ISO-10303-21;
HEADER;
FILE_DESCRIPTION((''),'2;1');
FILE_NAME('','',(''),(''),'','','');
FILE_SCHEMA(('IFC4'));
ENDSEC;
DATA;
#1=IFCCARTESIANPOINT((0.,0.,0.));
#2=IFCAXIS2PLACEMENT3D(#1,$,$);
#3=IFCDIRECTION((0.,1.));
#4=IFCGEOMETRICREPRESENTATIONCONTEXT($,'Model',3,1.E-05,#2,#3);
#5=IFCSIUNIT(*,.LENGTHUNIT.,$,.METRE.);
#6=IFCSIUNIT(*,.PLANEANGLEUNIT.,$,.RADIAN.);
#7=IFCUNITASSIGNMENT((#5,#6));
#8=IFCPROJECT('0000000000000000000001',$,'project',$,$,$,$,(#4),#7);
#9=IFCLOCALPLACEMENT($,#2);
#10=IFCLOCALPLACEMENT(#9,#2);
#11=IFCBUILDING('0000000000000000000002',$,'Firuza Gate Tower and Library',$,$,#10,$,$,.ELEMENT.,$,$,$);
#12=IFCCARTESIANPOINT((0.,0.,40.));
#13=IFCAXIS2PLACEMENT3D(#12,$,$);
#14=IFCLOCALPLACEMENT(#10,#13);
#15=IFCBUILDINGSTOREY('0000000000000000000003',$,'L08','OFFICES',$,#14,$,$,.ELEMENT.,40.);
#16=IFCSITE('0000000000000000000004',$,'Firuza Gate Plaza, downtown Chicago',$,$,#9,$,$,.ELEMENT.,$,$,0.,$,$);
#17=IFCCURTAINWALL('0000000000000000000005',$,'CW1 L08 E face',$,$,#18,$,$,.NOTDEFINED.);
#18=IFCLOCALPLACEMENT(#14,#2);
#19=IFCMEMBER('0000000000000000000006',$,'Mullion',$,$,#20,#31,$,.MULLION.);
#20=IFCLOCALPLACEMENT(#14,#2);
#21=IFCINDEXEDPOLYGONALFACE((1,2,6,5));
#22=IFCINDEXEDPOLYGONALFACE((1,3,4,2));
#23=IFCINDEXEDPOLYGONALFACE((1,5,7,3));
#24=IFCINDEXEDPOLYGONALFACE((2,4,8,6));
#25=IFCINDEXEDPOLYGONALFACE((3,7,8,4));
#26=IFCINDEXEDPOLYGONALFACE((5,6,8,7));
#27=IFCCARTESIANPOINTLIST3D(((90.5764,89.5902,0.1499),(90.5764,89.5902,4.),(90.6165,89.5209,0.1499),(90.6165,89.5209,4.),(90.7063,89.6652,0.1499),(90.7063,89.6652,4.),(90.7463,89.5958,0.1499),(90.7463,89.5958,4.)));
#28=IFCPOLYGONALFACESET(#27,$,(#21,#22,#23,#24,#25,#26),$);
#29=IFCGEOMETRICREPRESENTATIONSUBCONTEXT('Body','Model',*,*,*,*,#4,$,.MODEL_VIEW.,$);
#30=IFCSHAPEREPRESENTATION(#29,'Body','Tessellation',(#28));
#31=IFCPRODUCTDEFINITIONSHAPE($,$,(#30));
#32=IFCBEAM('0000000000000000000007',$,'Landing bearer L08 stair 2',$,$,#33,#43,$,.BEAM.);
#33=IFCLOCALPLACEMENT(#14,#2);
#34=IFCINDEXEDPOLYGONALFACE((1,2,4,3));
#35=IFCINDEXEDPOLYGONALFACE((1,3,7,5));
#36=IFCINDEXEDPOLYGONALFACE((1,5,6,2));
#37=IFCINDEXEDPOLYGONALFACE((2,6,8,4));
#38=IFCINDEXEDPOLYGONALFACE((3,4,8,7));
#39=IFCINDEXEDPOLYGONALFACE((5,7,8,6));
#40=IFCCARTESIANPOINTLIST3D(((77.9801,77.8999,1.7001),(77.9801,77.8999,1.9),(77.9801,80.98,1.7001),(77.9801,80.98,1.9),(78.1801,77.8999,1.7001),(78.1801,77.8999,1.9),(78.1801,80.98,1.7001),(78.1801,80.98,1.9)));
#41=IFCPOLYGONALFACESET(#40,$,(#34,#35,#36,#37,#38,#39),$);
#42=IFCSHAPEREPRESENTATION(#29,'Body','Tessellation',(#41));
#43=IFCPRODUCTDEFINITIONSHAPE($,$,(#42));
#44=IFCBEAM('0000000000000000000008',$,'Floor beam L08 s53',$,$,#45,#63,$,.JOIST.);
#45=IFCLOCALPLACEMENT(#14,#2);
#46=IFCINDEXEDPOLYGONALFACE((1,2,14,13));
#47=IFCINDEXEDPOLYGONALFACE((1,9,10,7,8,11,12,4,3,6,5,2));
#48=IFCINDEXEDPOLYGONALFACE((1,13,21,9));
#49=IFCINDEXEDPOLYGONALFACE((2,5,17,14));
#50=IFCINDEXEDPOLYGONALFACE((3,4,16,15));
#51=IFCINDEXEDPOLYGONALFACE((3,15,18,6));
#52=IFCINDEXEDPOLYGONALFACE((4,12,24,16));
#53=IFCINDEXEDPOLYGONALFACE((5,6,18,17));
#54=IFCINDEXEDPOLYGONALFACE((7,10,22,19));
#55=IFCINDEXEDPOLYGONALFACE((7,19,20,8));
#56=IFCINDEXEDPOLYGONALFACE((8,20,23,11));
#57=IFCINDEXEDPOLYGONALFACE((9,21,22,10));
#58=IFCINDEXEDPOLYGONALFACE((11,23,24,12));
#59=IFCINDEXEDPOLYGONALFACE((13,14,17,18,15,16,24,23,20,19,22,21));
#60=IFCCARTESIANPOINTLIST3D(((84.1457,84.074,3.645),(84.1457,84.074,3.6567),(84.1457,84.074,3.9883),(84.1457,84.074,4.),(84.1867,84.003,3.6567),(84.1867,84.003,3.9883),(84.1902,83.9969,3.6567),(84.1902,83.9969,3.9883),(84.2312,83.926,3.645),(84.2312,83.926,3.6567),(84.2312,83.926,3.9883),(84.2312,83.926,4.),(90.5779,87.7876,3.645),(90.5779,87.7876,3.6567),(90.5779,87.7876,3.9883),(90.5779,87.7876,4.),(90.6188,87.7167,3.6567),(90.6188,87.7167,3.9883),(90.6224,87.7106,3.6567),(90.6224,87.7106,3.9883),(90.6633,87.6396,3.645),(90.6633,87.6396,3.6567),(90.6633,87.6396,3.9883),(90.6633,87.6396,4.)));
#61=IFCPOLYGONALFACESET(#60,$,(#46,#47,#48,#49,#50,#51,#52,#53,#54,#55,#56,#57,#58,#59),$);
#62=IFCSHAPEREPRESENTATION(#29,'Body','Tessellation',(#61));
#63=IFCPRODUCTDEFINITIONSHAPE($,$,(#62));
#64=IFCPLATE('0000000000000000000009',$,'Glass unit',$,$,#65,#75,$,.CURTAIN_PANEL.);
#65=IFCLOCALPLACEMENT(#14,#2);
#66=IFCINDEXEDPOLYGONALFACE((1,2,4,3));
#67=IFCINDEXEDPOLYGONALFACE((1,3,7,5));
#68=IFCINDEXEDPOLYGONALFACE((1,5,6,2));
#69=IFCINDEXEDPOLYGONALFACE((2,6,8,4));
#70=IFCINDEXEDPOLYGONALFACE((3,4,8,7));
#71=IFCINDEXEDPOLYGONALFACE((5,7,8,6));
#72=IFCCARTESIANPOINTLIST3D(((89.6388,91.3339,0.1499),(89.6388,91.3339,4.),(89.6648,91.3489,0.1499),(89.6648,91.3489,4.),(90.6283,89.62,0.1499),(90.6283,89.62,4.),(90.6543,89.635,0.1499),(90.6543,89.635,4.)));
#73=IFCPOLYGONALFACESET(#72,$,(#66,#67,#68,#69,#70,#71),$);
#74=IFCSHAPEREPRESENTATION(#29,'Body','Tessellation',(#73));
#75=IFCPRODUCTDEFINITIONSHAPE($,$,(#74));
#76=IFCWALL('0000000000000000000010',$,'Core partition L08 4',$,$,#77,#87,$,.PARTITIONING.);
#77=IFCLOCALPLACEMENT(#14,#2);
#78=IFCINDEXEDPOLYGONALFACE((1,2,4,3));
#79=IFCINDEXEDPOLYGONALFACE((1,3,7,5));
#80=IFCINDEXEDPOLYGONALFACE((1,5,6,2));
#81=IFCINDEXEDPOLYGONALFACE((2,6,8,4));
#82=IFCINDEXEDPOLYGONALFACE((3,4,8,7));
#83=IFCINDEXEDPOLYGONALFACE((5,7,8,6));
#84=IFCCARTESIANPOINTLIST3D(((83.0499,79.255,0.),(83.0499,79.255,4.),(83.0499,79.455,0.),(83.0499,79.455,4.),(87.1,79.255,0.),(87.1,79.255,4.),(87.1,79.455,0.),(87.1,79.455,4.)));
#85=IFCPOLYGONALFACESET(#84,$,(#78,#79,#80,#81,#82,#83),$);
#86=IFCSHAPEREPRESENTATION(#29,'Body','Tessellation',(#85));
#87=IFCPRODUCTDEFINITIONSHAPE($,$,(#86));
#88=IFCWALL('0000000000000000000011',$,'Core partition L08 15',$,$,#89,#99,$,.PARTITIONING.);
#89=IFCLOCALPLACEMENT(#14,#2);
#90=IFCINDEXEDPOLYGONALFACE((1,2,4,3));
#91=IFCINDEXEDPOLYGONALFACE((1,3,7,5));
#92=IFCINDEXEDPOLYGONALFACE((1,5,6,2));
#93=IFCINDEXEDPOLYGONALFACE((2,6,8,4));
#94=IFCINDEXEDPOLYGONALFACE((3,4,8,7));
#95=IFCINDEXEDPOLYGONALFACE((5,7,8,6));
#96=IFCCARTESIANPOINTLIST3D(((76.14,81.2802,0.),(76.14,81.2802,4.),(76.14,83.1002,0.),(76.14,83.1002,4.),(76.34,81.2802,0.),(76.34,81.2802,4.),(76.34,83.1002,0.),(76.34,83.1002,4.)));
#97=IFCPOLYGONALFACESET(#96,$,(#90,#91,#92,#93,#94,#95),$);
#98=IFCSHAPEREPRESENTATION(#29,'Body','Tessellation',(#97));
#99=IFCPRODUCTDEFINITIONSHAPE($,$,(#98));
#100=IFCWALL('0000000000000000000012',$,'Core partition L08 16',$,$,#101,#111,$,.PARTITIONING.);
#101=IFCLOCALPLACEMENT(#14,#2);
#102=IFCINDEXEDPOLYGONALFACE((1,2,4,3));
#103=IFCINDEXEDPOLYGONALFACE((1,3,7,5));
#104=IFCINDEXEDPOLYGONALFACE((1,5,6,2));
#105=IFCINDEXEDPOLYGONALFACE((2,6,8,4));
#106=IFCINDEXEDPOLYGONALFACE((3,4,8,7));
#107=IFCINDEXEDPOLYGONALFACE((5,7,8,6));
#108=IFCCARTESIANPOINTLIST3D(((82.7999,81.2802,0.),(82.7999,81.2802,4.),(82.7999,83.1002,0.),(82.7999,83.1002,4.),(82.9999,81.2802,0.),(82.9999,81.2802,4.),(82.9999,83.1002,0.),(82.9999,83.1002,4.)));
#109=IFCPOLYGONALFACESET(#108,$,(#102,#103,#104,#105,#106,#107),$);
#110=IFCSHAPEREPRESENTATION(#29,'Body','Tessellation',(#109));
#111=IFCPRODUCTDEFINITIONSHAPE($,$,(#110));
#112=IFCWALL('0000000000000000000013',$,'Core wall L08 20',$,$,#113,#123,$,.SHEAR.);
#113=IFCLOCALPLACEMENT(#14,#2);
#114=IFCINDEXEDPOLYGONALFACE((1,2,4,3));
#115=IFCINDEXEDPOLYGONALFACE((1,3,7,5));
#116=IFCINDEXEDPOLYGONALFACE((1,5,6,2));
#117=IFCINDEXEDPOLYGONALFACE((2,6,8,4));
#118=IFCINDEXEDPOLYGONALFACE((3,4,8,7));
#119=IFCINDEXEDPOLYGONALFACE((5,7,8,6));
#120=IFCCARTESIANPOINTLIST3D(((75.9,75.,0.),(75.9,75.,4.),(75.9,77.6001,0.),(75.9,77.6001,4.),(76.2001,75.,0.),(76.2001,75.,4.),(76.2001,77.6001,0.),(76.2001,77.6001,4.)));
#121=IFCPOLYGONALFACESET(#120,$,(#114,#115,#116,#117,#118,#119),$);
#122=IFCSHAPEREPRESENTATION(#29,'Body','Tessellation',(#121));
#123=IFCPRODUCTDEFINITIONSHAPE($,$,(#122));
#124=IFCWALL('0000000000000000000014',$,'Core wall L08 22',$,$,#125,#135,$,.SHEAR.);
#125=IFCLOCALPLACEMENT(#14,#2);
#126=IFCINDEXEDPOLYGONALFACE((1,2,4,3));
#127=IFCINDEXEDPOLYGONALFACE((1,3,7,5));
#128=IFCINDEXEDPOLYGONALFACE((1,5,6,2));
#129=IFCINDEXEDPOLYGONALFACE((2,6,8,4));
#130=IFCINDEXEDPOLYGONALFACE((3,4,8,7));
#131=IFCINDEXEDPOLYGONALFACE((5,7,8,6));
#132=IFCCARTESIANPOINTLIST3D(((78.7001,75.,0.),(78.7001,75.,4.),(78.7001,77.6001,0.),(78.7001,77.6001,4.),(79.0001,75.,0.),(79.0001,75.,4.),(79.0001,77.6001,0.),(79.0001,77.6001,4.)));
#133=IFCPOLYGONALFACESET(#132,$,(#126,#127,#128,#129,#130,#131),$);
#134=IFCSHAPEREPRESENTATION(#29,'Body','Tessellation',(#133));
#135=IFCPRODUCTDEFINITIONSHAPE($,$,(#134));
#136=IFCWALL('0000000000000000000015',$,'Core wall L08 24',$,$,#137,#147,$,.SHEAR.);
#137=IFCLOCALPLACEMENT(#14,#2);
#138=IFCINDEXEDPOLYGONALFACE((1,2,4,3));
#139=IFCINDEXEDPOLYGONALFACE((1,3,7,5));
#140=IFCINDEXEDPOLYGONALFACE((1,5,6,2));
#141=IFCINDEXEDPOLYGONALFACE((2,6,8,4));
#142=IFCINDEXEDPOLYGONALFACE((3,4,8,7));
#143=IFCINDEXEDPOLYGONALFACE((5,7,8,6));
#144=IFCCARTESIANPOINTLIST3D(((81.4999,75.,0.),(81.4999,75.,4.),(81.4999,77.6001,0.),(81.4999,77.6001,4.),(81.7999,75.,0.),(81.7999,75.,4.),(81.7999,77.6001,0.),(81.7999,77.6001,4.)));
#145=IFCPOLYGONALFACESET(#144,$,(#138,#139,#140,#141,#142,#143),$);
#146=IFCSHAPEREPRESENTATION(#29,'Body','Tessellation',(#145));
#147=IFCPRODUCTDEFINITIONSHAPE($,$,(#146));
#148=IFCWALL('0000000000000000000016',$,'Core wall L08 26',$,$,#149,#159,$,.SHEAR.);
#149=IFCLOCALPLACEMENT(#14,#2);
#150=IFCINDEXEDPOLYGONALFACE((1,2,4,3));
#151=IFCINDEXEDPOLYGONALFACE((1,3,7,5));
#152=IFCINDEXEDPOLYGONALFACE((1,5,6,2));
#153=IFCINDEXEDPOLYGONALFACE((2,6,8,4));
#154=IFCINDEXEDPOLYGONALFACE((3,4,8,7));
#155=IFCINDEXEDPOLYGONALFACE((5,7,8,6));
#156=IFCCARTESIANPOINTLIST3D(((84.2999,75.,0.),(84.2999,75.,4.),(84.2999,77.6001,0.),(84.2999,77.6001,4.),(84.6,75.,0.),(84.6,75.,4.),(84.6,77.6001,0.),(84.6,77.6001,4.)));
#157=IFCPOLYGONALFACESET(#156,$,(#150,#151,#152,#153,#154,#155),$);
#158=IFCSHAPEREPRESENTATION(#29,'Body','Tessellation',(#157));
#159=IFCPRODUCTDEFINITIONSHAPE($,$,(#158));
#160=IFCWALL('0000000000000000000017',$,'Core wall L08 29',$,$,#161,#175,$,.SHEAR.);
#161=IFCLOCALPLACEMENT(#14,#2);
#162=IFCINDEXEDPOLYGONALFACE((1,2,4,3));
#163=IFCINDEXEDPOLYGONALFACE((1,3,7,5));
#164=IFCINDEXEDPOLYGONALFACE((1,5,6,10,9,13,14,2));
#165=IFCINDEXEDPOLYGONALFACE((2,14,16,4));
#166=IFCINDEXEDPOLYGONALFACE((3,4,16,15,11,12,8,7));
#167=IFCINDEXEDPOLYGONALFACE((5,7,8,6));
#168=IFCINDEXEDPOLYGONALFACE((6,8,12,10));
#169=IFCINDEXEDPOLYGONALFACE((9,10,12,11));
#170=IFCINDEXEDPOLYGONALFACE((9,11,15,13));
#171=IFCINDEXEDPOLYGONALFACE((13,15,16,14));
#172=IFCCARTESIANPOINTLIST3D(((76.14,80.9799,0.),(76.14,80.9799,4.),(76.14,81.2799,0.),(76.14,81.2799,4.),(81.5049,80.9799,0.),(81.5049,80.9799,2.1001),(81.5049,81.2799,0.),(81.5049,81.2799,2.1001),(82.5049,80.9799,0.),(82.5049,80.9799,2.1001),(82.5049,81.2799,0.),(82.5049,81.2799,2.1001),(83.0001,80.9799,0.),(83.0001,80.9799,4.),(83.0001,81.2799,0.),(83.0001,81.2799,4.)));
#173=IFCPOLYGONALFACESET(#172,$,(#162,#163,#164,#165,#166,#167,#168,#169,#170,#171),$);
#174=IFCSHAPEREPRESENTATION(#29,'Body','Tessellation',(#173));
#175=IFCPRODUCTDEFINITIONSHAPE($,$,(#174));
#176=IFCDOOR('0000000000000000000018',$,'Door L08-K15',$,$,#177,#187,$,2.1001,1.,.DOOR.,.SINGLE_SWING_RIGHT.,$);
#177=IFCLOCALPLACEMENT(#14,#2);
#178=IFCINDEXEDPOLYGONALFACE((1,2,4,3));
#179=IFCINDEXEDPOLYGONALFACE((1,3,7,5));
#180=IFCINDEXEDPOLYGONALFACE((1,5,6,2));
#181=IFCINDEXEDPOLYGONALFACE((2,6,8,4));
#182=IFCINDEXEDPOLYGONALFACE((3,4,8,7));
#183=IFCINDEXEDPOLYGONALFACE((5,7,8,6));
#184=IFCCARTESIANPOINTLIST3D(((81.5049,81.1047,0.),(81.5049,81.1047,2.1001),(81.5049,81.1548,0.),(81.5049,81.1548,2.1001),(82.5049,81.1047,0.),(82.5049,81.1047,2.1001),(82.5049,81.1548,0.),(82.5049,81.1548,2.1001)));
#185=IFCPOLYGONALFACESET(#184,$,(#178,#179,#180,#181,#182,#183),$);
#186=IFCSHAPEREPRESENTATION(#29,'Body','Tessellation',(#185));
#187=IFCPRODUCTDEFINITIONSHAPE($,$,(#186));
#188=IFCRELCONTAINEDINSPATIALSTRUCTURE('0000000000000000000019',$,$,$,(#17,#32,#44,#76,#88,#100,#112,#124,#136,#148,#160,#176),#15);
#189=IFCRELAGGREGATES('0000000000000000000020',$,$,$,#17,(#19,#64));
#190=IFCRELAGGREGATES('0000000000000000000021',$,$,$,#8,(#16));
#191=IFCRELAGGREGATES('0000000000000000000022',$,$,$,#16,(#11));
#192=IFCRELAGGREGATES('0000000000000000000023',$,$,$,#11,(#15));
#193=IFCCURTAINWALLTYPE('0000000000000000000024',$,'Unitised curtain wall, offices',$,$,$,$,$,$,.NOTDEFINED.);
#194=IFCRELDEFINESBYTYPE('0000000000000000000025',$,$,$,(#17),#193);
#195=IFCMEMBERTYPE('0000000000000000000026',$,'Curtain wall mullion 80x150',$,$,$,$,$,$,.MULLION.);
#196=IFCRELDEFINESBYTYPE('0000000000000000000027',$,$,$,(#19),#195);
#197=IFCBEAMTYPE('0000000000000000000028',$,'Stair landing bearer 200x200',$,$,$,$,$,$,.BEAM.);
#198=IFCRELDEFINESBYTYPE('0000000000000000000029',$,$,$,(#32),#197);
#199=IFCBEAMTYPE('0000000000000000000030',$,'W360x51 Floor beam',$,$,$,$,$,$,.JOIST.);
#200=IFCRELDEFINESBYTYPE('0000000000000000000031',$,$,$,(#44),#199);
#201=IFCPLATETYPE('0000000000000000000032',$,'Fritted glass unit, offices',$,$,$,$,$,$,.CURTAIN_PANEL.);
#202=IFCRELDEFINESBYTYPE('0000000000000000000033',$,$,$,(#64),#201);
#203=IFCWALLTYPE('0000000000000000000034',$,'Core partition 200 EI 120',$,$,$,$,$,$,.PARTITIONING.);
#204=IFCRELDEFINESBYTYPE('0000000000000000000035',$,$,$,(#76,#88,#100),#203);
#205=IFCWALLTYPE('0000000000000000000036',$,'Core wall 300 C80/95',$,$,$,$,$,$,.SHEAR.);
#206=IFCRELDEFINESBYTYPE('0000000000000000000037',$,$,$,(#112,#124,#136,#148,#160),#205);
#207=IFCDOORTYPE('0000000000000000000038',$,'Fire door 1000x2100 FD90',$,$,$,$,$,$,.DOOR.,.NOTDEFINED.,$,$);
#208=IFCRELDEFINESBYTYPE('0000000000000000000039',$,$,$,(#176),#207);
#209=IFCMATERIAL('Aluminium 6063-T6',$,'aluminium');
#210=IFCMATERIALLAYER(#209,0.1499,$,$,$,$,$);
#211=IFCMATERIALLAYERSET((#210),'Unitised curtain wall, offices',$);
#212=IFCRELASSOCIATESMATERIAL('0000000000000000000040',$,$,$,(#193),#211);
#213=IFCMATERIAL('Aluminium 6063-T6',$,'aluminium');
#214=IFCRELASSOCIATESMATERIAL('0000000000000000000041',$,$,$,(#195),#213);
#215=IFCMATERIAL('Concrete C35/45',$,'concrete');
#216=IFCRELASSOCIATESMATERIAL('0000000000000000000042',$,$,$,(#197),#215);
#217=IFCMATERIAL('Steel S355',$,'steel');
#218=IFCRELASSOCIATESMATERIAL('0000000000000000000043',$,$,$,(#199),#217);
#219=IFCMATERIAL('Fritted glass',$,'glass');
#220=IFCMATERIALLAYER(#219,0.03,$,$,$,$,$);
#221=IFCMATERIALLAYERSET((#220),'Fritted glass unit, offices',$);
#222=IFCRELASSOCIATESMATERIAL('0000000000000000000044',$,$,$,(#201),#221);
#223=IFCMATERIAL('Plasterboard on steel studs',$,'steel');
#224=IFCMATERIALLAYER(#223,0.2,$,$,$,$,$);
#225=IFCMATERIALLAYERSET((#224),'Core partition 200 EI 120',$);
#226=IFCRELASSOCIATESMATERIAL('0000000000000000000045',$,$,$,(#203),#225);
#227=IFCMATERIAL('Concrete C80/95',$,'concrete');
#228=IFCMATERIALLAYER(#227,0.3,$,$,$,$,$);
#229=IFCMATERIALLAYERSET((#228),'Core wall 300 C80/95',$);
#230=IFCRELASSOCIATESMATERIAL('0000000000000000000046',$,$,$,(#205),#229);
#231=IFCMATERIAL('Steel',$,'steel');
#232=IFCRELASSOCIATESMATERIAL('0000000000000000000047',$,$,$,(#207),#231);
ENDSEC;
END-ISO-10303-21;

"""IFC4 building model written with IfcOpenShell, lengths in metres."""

from ifc_helpers import new_model, si_unit, direction, frame, frame_2d, origin, origin_2d, place, context, subcontext, project, spatial, polyline, rectangle, i_section, outline, extrude, material, layer, layer_set, material_profile, profile_set, type_object, element, fill, aggregate, save


model = new_model("IFC4")

# Units and contexts
model_context = context("Model", 3, precision=1e-05, world=origin(), true_north=direction((0.0, 1.0)))
body_context = subcontext(model_context, "Body", "Model", "MODEL_VIEW")
ifc_project = project(units=[si_unit("LENGTHUNIT", "METRE"), si_unit("PLANEANGLEUNIT", "RADIAN")], contexts=[model_context])

# Site, building, storey
site_placement = place(None, origin())
site = spatial("IfcSite", under=ifc_project, at=site_placement, Name="Firuza Gate Plaza, downtown Chicago", CompositionType="ELEMENT", RefElevation=0.0)
building_placement = place(site_placement, origin())
building = spatial("IfcBuilding", under=site, at=building_placement, Name="Firuza Gate Tower and Library", CompositionType="ELEMENT")
storey_placement = place(building_placement, frame((0.0, 0.0, 40.0)))
storey = spatial("IfcBuildingStorey", under=building, at=storey_placement, Name="L08", Description="OFFICES", CompositionType="ELEMENT", Elevation=40.0)

# Curtain wall, member
ifc_material_1 = material(Name="Aluminium 6063-T6", Category="aluminium")
ifc_layer_1 = layer(ifc_material_1, 0.1499)
ifc_layer_set_1 = layer_set([ifc_layer_1], Name="Unitised curtain wall, offices")
curtain_wall_type = type_object("IfcCurtainWallType", Name="Unitised curtain wall, offices", PredefinedType="NOTDEFINED", material=ifc_layer_set_1)
placement = place(storey_placement, origin())
curtain_wall = element("IfcCurtainWall", 1, at=placement, inside=storey, type_object=curtain_wall_type, Name="CW1 L08 E face", PredefinedType="NOTDEFINED")
ifc_material_2 = material(Name="Aluminium 6063-T6", Category="aluminium")
ifc_material_profile_1 = material_profile(ifc_material_2, rectangle(XDim=0.1499, YDim=0.0801, at=origin_2d()))
ifc_profile_set_1 = profile_set([ifc_material_profile_1], Name="Aluminium 6063-T6")
member_type = type_object("IfcMemberType", Name="Curtain wall mullion 80x150", PredefinedType="MULLION", material=ifc_profile_set_1)
member_placement = place(storey_placement, frame((90.6614, 89.593, 0.1499), z_axis=(0.0, 0.0, 1.0), x_axis=(-0.866025, -0.5, 0.0)))
member = element("IfcMember", 2, at=member_placement, type_object=member_type, Name="Mullion", PredefinedType="MULLION", context=body_context, shape_type="SweptSolid", body=[
    extrude(rectangle(XDim=0.1499, YDim=0.0801, at=origin_2d()), origin(), (0.0, 0.0, 1.0), 3.8501),
])

# Beams
ifc_material_3 = material(Name="Concrete C35/45", Category="concrete")
ifc_material_profile_2 = material_profile(ifc_material_3, rectangle(XDim=0.2, YDim=0.2, at=origin_2d()))
ifc_profile_set_2 = profile_set([ifc_material_profile_2], Name="Concrete C35/45")
beam_type_1 = type_object("IfcBeamType", Name="Stair landing bearer 200x200", PredefinedType="BEAM", material=ifc_profile_set_2)
beam_1_placement = place(storey_placement, frame((78.0801, 80.98, 1.8), z_axis=(0.0, -1.0, 0.0), x_axis=(1.0, 0.0, 0.0)))
element("IfcBeam", 3, at=beam_1_placement, inside=storey, type_object=beam_type_1, Name="Landing bearer L08 stair 2", PredefinedType="BEAM", context=body_context, shape_type="SweptSolid", body=[
    extrude(rectangle(XDim=0.2, YDim=0.2, at=origin_2d()), origin(), (0.0, 0.0, 1.0), 3.0801),
])
ifc_material_4 = material(Name="Steel S355", Category="steel")
ifc_material_profile_3 = material_profile(ifc_material_4, i_section(OverallWidth=0.1709, OverallDepth=0.355, WebThickness=0.0071, FlangeThickness=0.0117, at=origin_2d()))
ifc_profile_set_3 = profile_set([ifc_material_profile_3], Name="Steel S355")
beam_type_2 = type_object("IfcBeamType", Name="W360x51 Floor beam", PredefinedType="JOIST", material=ifc_profile_set_3)
beam_2_placement = place(storey_placement, frame((90.6206, 87.7136, 3.8225), z_axis=(-0.866024, -0.500003, 0.0), x_axis=(0.500003, -0.866024, 0.0)))
element("IfcBeam", 4, at=beam_2_placement, inside=storey, type_object=beam_type_2, Name="Floor beam L08 s53", PredefinedType="JOIST", context=body_context, shape_type="SweptSolid", body=[
    extrude(i_section(OverallWidth=0.1709, OverallDepth=0.355, WebThickness=0.0071, FlangeThickness=0.0117, at=origin_2d()), origin(), (0.0, 0.0, 1.0), 7.4272),
])

# Plate
ifc_material_5 = material(Name="Fritted glass", Category="glass")
ifc_layer_2 = layer(ifc_material_5, 0.03)
ifc_layer_set_2 = layer_set([ifc_layer_2], Name="Fritted glass unit, offices")
plate_type = type_object("IfcPlateType", Name="Fritted glass unit, offices", PredefinedType="CURTAIN_PANEL", material=ifc_layer_set_2)
plate_placement = place(storey_placement, frame((90.6543, 89.635, 0.1499), z_axis=(0.866025, 0.5, 0.0), x_axis=(-0.5, 0.866025, 0.0)))
plate = element("IfcPlate", 5, at=plate_placement, type_object=plate_type, Name="Glass unit", PredefinedType="CURTAIN_PANEL", context=body_context, shape_type="SweptSolid", body=[
    extrude(outline(polyline([(0.0, 0.0), (1.979, 0.0), (1.979, 3.8501), (0.0, 3.8501), (0.0, 0.0)])), origin(), (0.0, 0.0, -1.0), 0.03),
])
aggregate(curtain_wall, [member, plate])

# Walls
ifc_material_6 = material(Name="Plasterboard on steel studs", Category="steel")
ifc_layer_3 = layer(ifc_material_6, 0.2)
ifc_layer_set_3 = layer_set([ifc_layer_3], Name="Core partition 200 EI 120")
wall_type_1 = type_object("IfcWallType", Name="Core partition 200 EI 120", PredefinedType="PARTITIONING", material=ifc_layer_set_3)
wall_1_placement = place(storey_placement, frame((83.05, 79.355, 0.0), z_axis=(0.0, 0.0, 1.0), x_axis=(1.0, 0.0, 0.0)))
element("IfcWall", 6, at=wall_1_placement, inside=storey, type_object=wall_type_1, Name="Core partition L08 4", PredefinedType="PARTITIONING", context=body_context, shape_type="SweptSolid", body=[
    extrude(rectangle(XDim=4.05, YDim=0.2, at=frame_2d((2.0249, 0.0))), origin(), (0.0, 0.0, 1.0), 4.0),
])
for number, where, z_axis, x_axis, name in (
    (7, (76.24, 81.28, 0.0), (0.0, 0.0, 1.0), (0.0, 1.0, 0.0), "Core partition L08 15"),
    (8, (82.8999, 81.28, 0.0), (0.0, 0.0, 1.0), (0.0, 1.0, 0.0), "Core partition L08 16"),
):
    element("IfcWall", number, at=place(storey_placement, frame(where, z_axis=z_axis, x_axis=x_axis)), inside=storey, type_object=wall_type_1, Name=name, PredefinedType="PARTITIONING", context=body_context, shape_type="SweptSolid", body=[
        extrude(rectangle(XDim=1.8201, YDim=0.2, at=frame_2d((0.9102, 0.0))), origin(), (0.0, 0.0, 1.0), 4.0),
    ])
ifc_material_7 = material(Name="Concrete C80/95", Category="concrete")
ifc_layer_4 = layer(ifc_material_7, 0.3)
ifc_layer_set_4 = layer_set([ifc_layer_4], Name="Core wall 300 C80/95")
wall_type_2 = type_object("IfcWallType", Name="Core wall 300 C80/95", PredefinedType="SHEAR", material=ifc_layer_set_4)
for number, where, z_axis, x_axis, name in (
    (9, (76.05, 75.0, 0.0), (0.0, 0.0, 1.0), (0.0, 1.0, 0.0), "Core wall L08 20"),
    (10, (78.8501, 75.0, 0.0), (0.0, 0.0, 1.0), (0.0, 1.0, 0.0), "Core wall L08 22"),
    (11, (81.6499, 75.0, 0.0), (0.0, 0.0, 1.0), (0.0, 1.0, 0.0), "Core wall L08 24"),
    (12, (84.45, 75.0, 0.0), (0.0, 0.0, 1.0), (0.0, 1.0, 0.0), "Core wall L08 26"),
):
    element("IfcWall", number, at=place(storey_placement, frame(where, z_axis=z_axis, x_axis=x_axis)), inside=storey, type_object=wall_type_2, Name=name, PredefinedType="SHEAR", context=body_context, shape_type="SweptSolid", body=[
        extrude(rectangle(XDim=2.6001, YDim=0.3, at=frame_2d((1.3, 0.0))), origin(), (0.0, 0.0, 1.0), 4.0),
    ])

# Wall, opening, door
wall_2_placement = place(storey_placement, frame((76.1399, 81.1299, 0.0), z_axis=(0.0, 0.0, 1.0), x_axis=(1.0, 0.0, 0.0)))
wall_2 = element("IfcWall", 13, at=wall_2_placement, inside=storey, type_object=wall_type_2, Name="Core wall L08 29", PredefinedType="SHEAR", context=body_context, shape_type="SweptSolid", body=[
    extrude(rectangle(XDim=6.8601, YDim=0.3, at=frame_2d((3.4302, 0.0))), origin(), (0.0, 0.0, 1.0), 4.0),
])
opening_1_placement = place(wall_2_placement, frame((5.365, 0.0, 0.0)))
opening_1 = element("IfcOpeningElement", 14, at=opening_1_placement, cuts=wall_2, PredefinedType="OPENING", context=body_context, shape_type="SweptSolid", body=[
    extrude(rectangle(XDim=1.0, YDim=2.1001, at=frame_2d((0.5, 1.05))), frame((0.0, 0.1602, 0.0), z_axis=(0.0, -1.0, 0.0), x_axis=(1.0, 0.0, 0.0)), (0.0, 0.0, 1.0), 0.3201),
])
ifc_material_8 = material(Name="Steel", Category="steel")
door_type_1 = type_object("IfcDoorType", Name="Fire door 1000x2100 FD90", OperationType="NOTDEFINED", PredefinedType="DOOR", material=ifc_material_8)
door_1_placement = place(opening_1_placement, origin())
door_1 = element("IfcDoor", 15, at=door_1_placement, inside=storey, type_object=door_type_1, Name="Door L08-K15", OperationType="SINGLE_SWING_RIGHT", OverallHeight=2.1001, OverallWidth=1.0, PredefinedType="DOOR", context=body_context, shape_type="SweptSolid", body=[
    extrude(rectangle(XDim=1.0, YDim=2.1001, at=frame_2d((0.5, 1.05))), frame((0.0, 0.0249, 0.0), z_axis=(0.0, -1.0, 0.0), x_axis=(1.0, 0.0, 0.0)), (0.0, 0.0, 1.0), 0.05),
])
fill(opening_1, door_1)

save(model, "model.ifc")
